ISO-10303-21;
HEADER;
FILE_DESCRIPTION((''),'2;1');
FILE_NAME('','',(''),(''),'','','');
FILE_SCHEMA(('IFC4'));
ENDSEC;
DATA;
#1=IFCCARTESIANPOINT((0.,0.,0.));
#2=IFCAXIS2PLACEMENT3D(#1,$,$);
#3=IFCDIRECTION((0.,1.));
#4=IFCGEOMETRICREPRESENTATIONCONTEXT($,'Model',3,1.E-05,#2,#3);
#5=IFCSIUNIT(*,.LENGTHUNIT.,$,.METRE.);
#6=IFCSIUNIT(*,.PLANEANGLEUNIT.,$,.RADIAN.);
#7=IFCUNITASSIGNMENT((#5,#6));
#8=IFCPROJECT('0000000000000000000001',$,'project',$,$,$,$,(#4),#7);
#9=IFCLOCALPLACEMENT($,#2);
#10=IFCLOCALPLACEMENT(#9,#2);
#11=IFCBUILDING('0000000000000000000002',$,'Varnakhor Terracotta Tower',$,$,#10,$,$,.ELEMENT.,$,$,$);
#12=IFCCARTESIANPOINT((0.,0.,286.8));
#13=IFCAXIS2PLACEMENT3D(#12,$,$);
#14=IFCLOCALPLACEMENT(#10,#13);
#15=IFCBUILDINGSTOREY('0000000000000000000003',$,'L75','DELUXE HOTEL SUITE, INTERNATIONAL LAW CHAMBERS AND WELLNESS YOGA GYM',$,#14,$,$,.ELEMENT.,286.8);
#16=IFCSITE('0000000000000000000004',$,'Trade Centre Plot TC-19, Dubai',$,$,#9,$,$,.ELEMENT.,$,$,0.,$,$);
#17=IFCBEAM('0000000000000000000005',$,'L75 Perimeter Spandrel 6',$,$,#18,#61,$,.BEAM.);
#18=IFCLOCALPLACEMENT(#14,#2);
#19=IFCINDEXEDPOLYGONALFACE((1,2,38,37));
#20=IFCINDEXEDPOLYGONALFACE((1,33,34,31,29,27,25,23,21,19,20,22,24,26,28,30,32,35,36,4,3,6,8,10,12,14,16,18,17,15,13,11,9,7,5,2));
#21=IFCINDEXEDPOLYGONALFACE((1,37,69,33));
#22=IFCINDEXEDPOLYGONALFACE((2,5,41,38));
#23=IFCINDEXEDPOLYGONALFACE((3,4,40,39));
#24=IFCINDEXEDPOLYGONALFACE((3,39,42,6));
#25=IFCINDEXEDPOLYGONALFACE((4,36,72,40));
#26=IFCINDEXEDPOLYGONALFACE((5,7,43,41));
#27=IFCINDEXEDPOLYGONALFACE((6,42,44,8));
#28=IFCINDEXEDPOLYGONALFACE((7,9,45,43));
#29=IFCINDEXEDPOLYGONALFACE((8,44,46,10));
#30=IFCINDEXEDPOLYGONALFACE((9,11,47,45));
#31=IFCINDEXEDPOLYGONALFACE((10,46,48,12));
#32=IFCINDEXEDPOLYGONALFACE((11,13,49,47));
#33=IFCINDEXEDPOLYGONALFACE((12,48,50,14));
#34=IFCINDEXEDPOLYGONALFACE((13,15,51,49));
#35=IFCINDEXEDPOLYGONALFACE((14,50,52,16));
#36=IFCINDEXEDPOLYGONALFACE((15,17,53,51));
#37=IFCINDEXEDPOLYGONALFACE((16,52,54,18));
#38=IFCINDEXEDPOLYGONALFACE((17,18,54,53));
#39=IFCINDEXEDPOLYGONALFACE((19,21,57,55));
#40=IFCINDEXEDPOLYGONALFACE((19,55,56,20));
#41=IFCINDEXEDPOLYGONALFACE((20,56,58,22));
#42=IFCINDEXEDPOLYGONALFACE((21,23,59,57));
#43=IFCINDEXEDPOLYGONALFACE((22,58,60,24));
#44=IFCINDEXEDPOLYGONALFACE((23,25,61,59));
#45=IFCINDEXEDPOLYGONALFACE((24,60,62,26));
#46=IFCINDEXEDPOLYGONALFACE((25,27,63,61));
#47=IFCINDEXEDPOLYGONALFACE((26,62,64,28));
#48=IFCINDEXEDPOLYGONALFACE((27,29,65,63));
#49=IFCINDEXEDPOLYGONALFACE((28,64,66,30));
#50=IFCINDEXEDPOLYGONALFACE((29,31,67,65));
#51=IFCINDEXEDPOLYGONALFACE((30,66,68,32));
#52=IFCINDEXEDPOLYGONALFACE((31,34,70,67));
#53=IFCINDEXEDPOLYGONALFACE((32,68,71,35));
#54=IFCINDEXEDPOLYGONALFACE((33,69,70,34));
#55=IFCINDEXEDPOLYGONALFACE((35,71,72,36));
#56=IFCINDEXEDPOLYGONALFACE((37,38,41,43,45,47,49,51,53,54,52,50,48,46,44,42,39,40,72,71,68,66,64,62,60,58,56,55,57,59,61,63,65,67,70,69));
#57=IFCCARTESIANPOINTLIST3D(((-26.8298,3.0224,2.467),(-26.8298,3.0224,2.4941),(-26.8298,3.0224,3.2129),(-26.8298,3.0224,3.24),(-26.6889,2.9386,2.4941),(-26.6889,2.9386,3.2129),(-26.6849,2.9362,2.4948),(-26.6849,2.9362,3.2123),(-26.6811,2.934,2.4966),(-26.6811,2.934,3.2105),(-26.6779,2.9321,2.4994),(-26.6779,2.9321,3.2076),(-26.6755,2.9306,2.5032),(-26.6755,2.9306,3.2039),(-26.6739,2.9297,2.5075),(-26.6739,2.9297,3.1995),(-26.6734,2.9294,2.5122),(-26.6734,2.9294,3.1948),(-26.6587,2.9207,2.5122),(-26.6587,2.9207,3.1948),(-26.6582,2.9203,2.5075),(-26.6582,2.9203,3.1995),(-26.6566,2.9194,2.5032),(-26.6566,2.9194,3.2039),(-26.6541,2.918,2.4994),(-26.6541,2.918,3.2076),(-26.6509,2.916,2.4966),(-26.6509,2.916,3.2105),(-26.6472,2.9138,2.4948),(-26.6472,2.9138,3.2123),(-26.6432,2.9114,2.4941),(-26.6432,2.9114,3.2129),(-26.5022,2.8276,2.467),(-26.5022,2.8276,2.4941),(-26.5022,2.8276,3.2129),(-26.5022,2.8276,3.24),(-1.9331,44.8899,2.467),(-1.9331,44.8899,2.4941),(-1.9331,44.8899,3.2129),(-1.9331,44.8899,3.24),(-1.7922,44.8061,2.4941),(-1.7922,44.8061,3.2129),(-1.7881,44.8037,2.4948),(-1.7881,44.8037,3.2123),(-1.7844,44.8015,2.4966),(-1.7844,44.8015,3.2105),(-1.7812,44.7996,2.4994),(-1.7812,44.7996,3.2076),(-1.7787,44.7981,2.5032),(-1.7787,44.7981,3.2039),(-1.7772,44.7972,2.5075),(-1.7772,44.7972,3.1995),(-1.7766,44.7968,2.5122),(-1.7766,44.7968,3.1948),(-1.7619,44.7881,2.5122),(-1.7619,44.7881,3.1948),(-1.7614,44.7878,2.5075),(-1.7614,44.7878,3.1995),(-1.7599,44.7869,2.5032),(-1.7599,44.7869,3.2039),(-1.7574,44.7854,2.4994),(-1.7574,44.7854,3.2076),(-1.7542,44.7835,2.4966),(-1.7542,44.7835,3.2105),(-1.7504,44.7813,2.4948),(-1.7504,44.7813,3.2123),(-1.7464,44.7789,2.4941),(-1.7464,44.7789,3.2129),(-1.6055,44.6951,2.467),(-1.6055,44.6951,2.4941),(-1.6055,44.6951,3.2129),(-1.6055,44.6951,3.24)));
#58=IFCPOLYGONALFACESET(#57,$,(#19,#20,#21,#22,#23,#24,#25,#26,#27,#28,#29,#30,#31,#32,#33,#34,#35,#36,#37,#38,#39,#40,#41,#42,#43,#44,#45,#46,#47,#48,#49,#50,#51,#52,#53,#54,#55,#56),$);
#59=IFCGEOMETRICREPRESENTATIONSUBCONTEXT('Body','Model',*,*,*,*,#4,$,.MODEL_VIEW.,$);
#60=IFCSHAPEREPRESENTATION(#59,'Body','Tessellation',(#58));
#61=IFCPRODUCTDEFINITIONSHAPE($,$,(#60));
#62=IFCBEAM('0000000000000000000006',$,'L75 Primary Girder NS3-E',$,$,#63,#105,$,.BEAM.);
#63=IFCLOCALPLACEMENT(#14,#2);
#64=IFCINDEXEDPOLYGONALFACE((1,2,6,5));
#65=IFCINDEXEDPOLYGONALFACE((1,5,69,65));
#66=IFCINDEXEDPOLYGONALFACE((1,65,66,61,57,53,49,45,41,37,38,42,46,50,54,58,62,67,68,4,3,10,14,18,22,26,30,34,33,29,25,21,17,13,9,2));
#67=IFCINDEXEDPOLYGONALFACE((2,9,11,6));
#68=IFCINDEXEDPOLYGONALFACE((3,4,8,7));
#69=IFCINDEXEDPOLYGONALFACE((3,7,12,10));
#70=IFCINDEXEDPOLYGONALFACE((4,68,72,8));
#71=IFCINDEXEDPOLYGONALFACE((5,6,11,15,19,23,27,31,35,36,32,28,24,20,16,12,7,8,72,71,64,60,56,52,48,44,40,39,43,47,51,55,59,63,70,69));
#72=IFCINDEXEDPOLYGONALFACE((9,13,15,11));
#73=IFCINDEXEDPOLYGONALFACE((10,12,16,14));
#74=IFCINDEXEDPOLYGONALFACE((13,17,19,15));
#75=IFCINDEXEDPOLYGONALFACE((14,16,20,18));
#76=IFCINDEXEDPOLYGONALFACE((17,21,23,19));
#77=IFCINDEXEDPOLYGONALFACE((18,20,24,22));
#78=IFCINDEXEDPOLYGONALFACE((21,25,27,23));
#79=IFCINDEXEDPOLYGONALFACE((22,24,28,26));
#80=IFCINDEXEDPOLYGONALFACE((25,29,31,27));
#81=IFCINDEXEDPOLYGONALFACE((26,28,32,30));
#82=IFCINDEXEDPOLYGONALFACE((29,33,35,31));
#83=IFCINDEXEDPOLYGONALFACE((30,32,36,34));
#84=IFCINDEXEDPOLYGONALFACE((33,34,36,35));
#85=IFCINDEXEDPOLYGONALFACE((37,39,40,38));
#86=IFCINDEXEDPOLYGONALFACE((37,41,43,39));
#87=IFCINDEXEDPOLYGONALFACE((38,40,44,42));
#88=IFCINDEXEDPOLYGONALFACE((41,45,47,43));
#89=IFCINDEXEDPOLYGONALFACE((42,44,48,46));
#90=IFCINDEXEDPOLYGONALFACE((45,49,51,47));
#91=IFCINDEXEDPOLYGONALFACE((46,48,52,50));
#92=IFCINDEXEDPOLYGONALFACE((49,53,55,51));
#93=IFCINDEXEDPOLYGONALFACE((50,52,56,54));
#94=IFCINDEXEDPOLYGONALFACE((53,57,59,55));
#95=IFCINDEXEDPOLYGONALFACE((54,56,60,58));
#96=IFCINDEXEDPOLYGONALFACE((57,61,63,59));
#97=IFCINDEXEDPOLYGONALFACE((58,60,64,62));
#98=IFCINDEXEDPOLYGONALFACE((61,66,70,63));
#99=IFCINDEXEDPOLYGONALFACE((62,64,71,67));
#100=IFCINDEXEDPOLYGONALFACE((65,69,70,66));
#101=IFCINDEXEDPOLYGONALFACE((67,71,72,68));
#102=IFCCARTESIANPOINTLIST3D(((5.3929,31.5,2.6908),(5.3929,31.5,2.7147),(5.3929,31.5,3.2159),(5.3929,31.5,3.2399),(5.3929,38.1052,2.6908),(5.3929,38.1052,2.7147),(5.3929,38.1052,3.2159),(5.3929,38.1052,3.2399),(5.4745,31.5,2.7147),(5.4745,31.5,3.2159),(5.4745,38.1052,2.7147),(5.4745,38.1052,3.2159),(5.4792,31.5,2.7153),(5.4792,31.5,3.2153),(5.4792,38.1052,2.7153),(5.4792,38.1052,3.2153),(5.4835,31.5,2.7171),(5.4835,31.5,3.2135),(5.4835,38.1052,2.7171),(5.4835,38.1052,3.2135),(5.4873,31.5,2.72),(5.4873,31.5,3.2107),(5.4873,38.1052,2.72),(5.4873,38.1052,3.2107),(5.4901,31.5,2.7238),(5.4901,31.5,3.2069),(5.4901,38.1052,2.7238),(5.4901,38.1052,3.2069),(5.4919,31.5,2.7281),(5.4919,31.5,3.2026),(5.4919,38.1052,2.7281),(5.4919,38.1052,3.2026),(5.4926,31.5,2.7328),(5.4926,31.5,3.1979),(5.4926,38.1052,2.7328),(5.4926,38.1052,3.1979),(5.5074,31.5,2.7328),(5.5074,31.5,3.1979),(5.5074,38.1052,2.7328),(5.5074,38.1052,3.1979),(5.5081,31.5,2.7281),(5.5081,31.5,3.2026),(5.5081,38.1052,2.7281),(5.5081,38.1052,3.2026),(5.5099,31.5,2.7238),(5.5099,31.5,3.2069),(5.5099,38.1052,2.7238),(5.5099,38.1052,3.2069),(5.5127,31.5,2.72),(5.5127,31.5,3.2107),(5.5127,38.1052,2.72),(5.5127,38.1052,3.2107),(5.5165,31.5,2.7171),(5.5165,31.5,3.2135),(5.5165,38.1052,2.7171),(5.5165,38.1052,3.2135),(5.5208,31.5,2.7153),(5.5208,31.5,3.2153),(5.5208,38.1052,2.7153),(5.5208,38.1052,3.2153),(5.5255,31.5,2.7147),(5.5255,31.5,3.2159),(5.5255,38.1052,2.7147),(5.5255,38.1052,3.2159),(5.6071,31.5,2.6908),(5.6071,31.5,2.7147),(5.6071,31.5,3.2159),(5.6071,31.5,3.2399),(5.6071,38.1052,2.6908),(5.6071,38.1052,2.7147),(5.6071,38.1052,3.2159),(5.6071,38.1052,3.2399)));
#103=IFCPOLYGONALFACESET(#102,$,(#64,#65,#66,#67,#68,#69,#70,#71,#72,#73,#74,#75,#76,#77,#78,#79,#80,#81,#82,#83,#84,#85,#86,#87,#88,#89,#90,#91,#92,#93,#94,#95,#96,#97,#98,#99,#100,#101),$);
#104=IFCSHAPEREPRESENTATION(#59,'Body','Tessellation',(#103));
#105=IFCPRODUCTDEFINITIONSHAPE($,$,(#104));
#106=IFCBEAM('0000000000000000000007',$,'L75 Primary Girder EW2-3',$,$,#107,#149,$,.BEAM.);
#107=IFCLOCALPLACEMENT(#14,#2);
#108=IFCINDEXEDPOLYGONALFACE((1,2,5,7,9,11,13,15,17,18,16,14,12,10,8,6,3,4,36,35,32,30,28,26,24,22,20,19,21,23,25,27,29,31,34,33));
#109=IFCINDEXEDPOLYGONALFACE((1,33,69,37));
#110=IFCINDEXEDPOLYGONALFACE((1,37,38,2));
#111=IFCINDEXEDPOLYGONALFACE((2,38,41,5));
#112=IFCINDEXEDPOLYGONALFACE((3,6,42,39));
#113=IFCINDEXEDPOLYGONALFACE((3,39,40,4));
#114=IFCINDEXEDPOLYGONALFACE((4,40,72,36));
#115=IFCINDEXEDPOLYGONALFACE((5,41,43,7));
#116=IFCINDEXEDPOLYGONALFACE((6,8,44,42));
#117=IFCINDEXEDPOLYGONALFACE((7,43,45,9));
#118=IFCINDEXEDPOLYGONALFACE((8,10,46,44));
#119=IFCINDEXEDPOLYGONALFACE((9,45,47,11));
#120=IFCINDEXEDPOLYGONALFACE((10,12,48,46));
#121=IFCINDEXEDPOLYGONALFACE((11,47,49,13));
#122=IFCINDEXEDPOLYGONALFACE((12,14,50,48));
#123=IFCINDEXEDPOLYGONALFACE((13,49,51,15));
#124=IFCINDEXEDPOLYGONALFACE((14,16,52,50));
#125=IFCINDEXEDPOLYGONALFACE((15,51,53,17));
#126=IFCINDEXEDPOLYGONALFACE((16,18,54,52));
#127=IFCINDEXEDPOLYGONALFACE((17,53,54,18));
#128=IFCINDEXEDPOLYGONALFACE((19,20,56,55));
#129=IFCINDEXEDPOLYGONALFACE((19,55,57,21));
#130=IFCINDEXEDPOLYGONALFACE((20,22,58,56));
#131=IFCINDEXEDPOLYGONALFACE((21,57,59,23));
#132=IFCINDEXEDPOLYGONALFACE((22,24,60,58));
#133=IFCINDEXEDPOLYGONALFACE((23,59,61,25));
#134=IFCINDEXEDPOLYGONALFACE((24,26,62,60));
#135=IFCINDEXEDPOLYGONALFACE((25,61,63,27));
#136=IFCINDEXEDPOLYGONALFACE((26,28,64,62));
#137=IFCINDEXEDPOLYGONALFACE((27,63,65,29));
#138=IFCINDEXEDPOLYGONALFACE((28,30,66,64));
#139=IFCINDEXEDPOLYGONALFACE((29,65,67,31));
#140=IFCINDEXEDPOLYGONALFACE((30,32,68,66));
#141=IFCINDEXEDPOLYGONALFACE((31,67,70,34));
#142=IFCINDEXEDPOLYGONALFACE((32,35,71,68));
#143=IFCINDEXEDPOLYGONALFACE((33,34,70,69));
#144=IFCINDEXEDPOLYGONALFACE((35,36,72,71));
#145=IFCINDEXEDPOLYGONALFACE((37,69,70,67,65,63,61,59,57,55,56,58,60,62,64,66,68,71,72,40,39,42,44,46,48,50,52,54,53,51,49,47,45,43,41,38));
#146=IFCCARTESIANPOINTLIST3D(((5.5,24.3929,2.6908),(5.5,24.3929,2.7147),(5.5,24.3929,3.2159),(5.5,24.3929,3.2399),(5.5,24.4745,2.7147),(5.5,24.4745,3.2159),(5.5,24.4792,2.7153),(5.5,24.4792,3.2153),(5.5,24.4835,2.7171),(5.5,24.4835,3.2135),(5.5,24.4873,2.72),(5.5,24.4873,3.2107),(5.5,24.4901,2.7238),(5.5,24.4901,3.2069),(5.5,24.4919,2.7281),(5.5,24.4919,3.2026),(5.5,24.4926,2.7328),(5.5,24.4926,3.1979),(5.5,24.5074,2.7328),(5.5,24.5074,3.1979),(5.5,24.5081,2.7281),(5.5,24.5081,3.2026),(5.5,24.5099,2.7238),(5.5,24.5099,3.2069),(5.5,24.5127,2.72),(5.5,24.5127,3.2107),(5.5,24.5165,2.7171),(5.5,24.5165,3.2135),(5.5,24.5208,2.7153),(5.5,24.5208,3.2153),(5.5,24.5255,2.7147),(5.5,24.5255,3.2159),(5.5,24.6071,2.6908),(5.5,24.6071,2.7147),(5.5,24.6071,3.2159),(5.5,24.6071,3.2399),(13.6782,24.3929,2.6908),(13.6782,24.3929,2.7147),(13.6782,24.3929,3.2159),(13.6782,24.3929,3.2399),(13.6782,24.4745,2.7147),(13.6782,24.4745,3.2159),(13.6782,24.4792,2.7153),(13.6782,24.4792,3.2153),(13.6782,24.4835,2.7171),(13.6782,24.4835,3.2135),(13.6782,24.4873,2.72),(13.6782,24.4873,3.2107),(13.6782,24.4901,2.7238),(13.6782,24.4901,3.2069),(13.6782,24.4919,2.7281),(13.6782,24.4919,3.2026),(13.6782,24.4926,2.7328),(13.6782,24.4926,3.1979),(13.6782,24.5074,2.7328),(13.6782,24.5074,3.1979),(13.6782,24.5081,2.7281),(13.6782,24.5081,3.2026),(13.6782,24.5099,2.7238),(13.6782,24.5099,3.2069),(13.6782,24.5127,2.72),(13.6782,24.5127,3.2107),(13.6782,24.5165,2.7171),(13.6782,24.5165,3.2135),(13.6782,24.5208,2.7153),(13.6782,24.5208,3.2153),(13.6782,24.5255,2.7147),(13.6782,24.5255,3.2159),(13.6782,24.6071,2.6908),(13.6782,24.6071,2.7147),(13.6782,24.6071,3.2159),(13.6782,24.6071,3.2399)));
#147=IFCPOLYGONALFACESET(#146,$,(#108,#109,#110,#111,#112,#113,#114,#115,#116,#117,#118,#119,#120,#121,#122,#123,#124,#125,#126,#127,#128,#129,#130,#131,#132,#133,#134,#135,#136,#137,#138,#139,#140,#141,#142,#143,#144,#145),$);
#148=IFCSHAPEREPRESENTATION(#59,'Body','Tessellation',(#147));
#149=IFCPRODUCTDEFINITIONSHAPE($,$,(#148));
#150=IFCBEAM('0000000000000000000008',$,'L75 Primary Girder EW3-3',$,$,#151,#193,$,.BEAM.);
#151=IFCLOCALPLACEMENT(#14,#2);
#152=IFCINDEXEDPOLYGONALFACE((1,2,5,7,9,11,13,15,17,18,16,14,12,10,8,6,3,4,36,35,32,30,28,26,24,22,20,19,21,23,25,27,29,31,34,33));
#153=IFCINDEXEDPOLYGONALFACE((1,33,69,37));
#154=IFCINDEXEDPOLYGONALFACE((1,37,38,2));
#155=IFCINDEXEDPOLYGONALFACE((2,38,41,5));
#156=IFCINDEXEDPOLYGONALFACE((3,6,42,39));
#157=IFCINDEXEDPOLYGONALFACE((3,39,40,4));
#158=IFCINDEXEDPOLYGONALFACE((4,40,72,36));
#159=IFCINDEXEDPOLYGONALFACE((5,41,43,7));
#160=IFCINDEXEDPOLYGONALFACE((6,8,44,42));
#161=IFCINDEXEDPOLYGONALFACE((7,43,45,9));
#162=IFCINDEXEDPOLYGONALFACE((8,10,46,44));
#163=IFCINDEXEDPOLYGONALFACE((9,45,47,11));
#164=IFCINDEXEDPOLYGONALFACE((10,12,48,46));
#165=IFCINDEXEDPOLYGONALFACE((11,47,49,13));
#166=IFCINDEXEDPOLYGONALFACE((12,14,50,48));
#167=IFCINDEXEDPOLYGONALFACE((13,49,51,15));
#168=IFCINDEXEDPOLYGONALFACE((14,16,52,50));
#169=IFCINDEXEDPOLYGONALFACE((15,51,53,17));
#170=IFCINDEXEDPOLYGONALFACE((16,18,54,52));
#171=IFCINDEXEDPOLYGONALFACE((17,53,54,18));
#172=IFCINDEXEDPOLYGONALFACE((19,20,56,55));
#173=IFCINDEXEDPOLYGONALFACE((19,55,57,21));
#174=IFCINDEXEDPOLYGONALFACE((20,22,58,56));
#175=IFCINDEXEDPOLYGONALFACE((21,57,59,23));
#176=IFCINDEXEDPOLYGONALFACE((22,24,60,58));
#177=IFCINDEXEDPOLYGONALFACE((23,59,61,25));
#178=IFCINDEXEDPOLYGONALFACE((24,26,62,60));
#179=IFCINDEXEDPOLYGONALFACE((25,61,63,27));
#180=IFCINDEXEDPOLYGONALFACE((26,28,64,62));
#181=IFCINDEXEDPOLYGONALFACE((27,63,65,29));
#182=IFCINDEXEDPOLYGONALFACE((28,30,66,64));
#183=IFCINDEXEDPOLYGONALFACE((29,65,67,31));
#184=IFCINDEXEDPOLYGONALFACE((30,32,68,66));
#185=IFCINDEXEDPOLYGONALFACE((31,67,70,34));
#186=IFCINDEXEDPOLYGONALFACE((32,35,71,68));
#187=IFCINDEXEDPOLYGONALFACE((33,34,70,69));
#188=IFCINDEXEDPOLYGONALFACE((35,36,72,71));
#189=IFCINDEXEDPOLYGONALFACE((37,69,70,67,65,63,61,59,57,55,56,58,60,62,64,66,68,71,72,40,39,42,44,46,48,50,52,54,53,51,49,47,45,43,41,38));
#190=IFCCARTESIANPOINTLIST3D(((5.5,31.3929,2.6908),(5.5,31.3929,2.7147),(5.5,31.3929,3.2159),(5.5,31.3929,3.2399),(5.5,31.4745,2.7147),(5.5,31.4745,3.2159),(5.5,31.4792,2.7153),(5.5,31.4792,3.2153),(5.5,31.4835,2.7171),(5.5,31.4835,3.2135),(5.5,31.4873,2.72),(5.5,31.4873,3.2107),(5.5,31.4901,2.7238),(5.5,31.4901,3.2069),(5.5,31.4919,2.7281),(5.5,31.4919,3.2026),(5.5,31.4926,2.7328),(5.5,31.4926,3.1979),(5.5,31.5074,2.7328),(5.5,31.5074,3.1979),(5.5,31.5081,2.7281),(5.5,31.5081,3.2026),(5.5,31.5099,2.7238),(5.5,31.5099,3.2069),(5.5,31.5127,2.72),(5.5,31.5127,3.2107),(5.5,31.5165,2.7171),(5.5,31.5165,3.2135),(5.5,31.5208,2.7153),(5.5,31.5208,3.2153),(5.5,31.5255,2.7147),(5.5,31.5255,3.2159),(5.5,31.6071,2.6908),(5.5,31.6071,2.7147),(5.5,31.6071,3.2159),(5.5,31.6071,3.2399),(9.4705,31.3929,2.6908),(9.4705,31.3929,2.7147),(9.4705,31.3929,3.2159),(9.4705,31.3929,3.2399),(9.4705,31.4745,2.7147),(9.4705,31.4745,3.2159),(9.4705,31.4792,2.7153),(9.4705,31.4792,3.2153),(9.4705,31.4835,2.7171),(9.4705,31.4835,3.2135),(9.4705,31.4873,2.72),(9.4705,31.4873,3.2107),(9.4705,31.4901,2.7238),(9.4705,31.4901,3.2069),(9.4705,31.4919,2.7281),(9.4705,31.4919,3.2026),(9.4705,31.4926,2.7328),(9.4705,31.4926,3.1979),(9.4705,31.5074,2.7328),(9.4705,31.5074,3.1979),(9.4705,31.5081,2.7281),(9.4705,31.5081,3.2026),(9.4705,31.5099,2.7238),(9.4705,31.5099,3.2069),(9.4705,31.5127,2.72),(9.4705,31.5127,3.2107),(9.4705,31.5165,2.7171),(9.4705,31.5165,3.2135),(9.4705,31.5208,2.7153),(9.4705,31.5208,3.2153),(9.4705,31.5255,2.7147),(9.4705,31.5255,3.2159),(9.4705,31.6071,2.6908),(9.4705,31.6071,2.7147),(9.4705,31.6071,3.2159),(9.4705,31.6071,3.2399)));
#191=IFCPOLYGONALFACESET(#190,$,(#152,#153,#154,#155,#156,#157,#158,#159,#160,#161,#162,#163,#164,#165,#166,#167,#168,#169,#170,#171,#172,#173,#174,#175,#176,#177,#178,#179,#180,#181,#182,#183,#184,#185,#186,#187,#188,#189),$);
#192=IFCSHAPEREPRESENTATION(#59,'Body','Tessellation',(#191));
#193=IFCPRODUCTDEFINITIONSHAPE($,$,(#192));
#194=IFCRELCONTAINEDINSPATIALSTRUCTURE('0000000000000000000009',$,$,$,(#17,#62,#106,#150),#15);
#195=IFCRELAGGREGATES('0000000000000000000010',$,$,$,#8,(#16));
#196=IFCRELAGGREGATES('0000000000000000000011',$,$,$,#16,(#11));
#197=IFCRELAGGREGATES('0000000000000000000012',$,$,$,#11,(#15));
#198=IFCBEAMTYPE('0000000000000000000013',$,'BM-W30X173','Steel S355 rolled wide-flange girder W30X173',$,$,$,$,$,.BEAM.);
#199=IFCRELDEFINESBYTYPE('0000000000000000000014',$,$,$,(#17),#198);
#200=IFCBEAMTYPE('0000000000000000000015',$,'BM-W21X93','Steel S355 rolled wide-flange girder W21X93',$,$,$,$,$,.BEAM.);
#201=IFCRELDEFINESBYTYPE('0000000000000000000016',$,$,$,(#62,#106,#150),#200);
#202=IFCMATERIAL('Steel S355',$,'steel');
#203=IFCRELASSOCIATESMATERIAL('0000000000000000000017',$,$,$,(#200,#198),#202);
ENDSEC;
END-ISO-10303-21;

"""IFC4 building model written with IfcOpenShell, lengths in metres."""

from ifc_helpers import new_model, si_unit, direction, frame, origin, origin_2d, place, context, subcontext, project, spatial, i_section, extrude, source, transform, mapped, material, material_profile, profile_set, type_object, element, save


model = new_model("IFC4")

# Units and contexts
model_context = context("Model", 3, precision=1e-05, world=origin(), true_north=direction((0.0, 1.0)))
body_context = subcontext(model_context, "Body", "Model", "MODEL_VIEW")
ifc_project = project(units=[si_unit("LENGTHUNIT", "METRE"), si_unit("PLANEANGLEUNIT", "RADIAN")], contexts=[model_context])

# Site, building, storey
site_placement = place(None, origin())
site = spatial("IfcSite", under=ifc_project, at=site_placement, Name="Trade Centre Plot TC-19, Dubai", CompositionType="ELEMENT", RefElevation=0.0)
building_placement = place(site_placement, origin())
building = spatial("IfcBuilding", under=site, at=building_placement, Name="Varnakhor Terracotta Tower", CompositionType="ELEMENT")
storey_placement = place(building_placement, frame((0.0, 0.0, 286.8)))
storey = spatial("IfcBuildingStorey", under=building, at=storey_placement, Name="L75", Description="DELUXE HOTEL SUITE, INTERNATIONAL LAW CHAMBERS AND WELLNESS YOGA GYM", CompositionType="ELEMENT", Elevation=286.8)

# Shared definitions
ifc_material_1 = material(Name="Steel S355", Category="steel")

# Beams
ifc_material_profile_1 = material_profile(ifc_material_1, i_section(OverallWidth=0.2141, OverallDepth=0.5491, WebThickness=0.0149, FlangeThickness=0.0239, FilletRadius=0.0181, at=origin_2d()), Name="W21X93")
ifc_profile_set_1 = profile_set([ifc_material_profile_1], Name="Steel S355")
beam_type_1 = type_object("IfcBeamType", Name="BM-W21X93", Description="Steel S355 rolled wide-flange girder W21X93", PredefinedType="BEAM", material=ifc_profile_set_1)
ifc_material_profile_2 = material_profile(ifc_material_1, i_section(OverallWidth=0.3811, OverallDepth=0.7729, WebThickness=0.0171, FlangeThickness=0.0271, FilletRadius=0.0181, at=origin_2d()), Name="W30X173")
ifc_profile_set_2 = profile_set([ifc_material_profile_2], Name="Steel S355")
beam_type_2 = type_object("IfcBeamType", Name="BM-W30X173", Description="Steel S355 rolled wide-flange girder W30X173", PredefinedType="BEAM", material=ifc_profile_set_2)
shared_shape_1 = source(origin(), body_context, "Body", "SweptSolid", [
    extrude(i_section(OverallWidth=0.3811, OverallDepth=0.7729, WebThickness=0.0171, FlangeThickness=0.0271, FilletRadius=0.0181, at=origin_2d()), origin(), (0.0, 0.0, 1.0), 48.7107),
])
beam_1_placement = place(storey_placement, frame((-1.7693, 44.7925, 2.8535), z_axis=(-0.511115, -0.859513, 0.0), x_axis=(0.859513, -0.511115, 0.0)))
element("IfcBeam", 1, at=beam_1_placement, inside=storey, type_object=beam_type_2, Name="L75 Perimeter Spandrel 6", PredefinedType="BEAM", context=body_context, shape_type="MappedRepresentation", body=[
    mapped(shared_shape_1, transform((0.0, 0.0, 0.0), scale=1.0)),
])
shared_shape_2 = source(origin(), body_context, "Body", "SweptSolid", [
    extrude(i_section(OverallWidth=0.2141, OverallDepth=0.5491, WebThickness=0.0149, FlangeThickness=0.0239, FilletRadius=0.0181, at=origin_2d()), origin(), (0.0, 0.0, 1.0), 6.6052),
])
beam_2_placement = place(storey_placement, frame((5.5, 31.5, 2.9653), z_axis=(0.0, 1.0, 0.0), x_axis=(-1.0, 0.0, 0.0)))
element("IfcBeam", 2, at=beam_2_placement, inside=storey, type_object=beam_type_1, Name="L75 Primary Girder NS3-E", PredefinedType="BEAM", context=body_context, shape_type="MappedRepresentation", body=[
    mapped(shared_shape_2, transform((0.0, 0.0, 0.0), scale=1.0)),
])
shared_shape_3 = source(origin(), body_context, "Body", "SweptSolid", [
    extrude(i_section(OverallWidth=0.2141, OverallDepth=0.5491, WebThickness=0.0149, FlangeThickness=0.0239, FilletRadius=0.0181, at=origin_2d()), origin(), (0.0, 0.0, 1.0), 8.1782),
])
beam_3_placement = place(storey_placement, frame((5.5, 24.5, 2.9653), z_axis=(1.0, 0.0, 0.0), x_axis=(0.0, 1.0, 0.0)))
element("IfcBeam", 3, at=beam_3_placement, inside=storey, type_object=beam_type_1, Name="L75 Primary Girder EW2-3", PredefinedType="BEAM", context=body_context, shape_type="MappedRepresentation", body=[
    mapped(shared_shape_3, transform((0.0, 0.0, 0.0), scale=1.0)),
])
shared_shape_4 = source(origin(), body_context, "Body", "SweptSolid", [
    extrude(i_section(OverallWidth=0.2141, OverallDepth=0.5491, WebThickness=0.0149, FlangeThickness=0.0239, FilletRadius=0.0181, at=origin_2d()), origin(), (0.0, 0.0, 1.0), 3.9705),
])
beam_4_placement = place(storey_placement, frame((5.5, 31.5, 2.9653), z_axis=(1.0, 0.0, 0.0), x_axis=(0.0, 1.0, 0.0)))
element("IfcBeam", 4, at=beam_4_placement, inside=storey, type_object=beam_type_1, Name="L75 Primary Girder EW3-3", PredefinedType="BEAM", context=body_context, shape_type="MappedRepresentation", body=[
    mapped(shared_shape_4, transform((0.0, 0.0, 0.0), scale=1.0)),
])

save(model, "model.ifc")
